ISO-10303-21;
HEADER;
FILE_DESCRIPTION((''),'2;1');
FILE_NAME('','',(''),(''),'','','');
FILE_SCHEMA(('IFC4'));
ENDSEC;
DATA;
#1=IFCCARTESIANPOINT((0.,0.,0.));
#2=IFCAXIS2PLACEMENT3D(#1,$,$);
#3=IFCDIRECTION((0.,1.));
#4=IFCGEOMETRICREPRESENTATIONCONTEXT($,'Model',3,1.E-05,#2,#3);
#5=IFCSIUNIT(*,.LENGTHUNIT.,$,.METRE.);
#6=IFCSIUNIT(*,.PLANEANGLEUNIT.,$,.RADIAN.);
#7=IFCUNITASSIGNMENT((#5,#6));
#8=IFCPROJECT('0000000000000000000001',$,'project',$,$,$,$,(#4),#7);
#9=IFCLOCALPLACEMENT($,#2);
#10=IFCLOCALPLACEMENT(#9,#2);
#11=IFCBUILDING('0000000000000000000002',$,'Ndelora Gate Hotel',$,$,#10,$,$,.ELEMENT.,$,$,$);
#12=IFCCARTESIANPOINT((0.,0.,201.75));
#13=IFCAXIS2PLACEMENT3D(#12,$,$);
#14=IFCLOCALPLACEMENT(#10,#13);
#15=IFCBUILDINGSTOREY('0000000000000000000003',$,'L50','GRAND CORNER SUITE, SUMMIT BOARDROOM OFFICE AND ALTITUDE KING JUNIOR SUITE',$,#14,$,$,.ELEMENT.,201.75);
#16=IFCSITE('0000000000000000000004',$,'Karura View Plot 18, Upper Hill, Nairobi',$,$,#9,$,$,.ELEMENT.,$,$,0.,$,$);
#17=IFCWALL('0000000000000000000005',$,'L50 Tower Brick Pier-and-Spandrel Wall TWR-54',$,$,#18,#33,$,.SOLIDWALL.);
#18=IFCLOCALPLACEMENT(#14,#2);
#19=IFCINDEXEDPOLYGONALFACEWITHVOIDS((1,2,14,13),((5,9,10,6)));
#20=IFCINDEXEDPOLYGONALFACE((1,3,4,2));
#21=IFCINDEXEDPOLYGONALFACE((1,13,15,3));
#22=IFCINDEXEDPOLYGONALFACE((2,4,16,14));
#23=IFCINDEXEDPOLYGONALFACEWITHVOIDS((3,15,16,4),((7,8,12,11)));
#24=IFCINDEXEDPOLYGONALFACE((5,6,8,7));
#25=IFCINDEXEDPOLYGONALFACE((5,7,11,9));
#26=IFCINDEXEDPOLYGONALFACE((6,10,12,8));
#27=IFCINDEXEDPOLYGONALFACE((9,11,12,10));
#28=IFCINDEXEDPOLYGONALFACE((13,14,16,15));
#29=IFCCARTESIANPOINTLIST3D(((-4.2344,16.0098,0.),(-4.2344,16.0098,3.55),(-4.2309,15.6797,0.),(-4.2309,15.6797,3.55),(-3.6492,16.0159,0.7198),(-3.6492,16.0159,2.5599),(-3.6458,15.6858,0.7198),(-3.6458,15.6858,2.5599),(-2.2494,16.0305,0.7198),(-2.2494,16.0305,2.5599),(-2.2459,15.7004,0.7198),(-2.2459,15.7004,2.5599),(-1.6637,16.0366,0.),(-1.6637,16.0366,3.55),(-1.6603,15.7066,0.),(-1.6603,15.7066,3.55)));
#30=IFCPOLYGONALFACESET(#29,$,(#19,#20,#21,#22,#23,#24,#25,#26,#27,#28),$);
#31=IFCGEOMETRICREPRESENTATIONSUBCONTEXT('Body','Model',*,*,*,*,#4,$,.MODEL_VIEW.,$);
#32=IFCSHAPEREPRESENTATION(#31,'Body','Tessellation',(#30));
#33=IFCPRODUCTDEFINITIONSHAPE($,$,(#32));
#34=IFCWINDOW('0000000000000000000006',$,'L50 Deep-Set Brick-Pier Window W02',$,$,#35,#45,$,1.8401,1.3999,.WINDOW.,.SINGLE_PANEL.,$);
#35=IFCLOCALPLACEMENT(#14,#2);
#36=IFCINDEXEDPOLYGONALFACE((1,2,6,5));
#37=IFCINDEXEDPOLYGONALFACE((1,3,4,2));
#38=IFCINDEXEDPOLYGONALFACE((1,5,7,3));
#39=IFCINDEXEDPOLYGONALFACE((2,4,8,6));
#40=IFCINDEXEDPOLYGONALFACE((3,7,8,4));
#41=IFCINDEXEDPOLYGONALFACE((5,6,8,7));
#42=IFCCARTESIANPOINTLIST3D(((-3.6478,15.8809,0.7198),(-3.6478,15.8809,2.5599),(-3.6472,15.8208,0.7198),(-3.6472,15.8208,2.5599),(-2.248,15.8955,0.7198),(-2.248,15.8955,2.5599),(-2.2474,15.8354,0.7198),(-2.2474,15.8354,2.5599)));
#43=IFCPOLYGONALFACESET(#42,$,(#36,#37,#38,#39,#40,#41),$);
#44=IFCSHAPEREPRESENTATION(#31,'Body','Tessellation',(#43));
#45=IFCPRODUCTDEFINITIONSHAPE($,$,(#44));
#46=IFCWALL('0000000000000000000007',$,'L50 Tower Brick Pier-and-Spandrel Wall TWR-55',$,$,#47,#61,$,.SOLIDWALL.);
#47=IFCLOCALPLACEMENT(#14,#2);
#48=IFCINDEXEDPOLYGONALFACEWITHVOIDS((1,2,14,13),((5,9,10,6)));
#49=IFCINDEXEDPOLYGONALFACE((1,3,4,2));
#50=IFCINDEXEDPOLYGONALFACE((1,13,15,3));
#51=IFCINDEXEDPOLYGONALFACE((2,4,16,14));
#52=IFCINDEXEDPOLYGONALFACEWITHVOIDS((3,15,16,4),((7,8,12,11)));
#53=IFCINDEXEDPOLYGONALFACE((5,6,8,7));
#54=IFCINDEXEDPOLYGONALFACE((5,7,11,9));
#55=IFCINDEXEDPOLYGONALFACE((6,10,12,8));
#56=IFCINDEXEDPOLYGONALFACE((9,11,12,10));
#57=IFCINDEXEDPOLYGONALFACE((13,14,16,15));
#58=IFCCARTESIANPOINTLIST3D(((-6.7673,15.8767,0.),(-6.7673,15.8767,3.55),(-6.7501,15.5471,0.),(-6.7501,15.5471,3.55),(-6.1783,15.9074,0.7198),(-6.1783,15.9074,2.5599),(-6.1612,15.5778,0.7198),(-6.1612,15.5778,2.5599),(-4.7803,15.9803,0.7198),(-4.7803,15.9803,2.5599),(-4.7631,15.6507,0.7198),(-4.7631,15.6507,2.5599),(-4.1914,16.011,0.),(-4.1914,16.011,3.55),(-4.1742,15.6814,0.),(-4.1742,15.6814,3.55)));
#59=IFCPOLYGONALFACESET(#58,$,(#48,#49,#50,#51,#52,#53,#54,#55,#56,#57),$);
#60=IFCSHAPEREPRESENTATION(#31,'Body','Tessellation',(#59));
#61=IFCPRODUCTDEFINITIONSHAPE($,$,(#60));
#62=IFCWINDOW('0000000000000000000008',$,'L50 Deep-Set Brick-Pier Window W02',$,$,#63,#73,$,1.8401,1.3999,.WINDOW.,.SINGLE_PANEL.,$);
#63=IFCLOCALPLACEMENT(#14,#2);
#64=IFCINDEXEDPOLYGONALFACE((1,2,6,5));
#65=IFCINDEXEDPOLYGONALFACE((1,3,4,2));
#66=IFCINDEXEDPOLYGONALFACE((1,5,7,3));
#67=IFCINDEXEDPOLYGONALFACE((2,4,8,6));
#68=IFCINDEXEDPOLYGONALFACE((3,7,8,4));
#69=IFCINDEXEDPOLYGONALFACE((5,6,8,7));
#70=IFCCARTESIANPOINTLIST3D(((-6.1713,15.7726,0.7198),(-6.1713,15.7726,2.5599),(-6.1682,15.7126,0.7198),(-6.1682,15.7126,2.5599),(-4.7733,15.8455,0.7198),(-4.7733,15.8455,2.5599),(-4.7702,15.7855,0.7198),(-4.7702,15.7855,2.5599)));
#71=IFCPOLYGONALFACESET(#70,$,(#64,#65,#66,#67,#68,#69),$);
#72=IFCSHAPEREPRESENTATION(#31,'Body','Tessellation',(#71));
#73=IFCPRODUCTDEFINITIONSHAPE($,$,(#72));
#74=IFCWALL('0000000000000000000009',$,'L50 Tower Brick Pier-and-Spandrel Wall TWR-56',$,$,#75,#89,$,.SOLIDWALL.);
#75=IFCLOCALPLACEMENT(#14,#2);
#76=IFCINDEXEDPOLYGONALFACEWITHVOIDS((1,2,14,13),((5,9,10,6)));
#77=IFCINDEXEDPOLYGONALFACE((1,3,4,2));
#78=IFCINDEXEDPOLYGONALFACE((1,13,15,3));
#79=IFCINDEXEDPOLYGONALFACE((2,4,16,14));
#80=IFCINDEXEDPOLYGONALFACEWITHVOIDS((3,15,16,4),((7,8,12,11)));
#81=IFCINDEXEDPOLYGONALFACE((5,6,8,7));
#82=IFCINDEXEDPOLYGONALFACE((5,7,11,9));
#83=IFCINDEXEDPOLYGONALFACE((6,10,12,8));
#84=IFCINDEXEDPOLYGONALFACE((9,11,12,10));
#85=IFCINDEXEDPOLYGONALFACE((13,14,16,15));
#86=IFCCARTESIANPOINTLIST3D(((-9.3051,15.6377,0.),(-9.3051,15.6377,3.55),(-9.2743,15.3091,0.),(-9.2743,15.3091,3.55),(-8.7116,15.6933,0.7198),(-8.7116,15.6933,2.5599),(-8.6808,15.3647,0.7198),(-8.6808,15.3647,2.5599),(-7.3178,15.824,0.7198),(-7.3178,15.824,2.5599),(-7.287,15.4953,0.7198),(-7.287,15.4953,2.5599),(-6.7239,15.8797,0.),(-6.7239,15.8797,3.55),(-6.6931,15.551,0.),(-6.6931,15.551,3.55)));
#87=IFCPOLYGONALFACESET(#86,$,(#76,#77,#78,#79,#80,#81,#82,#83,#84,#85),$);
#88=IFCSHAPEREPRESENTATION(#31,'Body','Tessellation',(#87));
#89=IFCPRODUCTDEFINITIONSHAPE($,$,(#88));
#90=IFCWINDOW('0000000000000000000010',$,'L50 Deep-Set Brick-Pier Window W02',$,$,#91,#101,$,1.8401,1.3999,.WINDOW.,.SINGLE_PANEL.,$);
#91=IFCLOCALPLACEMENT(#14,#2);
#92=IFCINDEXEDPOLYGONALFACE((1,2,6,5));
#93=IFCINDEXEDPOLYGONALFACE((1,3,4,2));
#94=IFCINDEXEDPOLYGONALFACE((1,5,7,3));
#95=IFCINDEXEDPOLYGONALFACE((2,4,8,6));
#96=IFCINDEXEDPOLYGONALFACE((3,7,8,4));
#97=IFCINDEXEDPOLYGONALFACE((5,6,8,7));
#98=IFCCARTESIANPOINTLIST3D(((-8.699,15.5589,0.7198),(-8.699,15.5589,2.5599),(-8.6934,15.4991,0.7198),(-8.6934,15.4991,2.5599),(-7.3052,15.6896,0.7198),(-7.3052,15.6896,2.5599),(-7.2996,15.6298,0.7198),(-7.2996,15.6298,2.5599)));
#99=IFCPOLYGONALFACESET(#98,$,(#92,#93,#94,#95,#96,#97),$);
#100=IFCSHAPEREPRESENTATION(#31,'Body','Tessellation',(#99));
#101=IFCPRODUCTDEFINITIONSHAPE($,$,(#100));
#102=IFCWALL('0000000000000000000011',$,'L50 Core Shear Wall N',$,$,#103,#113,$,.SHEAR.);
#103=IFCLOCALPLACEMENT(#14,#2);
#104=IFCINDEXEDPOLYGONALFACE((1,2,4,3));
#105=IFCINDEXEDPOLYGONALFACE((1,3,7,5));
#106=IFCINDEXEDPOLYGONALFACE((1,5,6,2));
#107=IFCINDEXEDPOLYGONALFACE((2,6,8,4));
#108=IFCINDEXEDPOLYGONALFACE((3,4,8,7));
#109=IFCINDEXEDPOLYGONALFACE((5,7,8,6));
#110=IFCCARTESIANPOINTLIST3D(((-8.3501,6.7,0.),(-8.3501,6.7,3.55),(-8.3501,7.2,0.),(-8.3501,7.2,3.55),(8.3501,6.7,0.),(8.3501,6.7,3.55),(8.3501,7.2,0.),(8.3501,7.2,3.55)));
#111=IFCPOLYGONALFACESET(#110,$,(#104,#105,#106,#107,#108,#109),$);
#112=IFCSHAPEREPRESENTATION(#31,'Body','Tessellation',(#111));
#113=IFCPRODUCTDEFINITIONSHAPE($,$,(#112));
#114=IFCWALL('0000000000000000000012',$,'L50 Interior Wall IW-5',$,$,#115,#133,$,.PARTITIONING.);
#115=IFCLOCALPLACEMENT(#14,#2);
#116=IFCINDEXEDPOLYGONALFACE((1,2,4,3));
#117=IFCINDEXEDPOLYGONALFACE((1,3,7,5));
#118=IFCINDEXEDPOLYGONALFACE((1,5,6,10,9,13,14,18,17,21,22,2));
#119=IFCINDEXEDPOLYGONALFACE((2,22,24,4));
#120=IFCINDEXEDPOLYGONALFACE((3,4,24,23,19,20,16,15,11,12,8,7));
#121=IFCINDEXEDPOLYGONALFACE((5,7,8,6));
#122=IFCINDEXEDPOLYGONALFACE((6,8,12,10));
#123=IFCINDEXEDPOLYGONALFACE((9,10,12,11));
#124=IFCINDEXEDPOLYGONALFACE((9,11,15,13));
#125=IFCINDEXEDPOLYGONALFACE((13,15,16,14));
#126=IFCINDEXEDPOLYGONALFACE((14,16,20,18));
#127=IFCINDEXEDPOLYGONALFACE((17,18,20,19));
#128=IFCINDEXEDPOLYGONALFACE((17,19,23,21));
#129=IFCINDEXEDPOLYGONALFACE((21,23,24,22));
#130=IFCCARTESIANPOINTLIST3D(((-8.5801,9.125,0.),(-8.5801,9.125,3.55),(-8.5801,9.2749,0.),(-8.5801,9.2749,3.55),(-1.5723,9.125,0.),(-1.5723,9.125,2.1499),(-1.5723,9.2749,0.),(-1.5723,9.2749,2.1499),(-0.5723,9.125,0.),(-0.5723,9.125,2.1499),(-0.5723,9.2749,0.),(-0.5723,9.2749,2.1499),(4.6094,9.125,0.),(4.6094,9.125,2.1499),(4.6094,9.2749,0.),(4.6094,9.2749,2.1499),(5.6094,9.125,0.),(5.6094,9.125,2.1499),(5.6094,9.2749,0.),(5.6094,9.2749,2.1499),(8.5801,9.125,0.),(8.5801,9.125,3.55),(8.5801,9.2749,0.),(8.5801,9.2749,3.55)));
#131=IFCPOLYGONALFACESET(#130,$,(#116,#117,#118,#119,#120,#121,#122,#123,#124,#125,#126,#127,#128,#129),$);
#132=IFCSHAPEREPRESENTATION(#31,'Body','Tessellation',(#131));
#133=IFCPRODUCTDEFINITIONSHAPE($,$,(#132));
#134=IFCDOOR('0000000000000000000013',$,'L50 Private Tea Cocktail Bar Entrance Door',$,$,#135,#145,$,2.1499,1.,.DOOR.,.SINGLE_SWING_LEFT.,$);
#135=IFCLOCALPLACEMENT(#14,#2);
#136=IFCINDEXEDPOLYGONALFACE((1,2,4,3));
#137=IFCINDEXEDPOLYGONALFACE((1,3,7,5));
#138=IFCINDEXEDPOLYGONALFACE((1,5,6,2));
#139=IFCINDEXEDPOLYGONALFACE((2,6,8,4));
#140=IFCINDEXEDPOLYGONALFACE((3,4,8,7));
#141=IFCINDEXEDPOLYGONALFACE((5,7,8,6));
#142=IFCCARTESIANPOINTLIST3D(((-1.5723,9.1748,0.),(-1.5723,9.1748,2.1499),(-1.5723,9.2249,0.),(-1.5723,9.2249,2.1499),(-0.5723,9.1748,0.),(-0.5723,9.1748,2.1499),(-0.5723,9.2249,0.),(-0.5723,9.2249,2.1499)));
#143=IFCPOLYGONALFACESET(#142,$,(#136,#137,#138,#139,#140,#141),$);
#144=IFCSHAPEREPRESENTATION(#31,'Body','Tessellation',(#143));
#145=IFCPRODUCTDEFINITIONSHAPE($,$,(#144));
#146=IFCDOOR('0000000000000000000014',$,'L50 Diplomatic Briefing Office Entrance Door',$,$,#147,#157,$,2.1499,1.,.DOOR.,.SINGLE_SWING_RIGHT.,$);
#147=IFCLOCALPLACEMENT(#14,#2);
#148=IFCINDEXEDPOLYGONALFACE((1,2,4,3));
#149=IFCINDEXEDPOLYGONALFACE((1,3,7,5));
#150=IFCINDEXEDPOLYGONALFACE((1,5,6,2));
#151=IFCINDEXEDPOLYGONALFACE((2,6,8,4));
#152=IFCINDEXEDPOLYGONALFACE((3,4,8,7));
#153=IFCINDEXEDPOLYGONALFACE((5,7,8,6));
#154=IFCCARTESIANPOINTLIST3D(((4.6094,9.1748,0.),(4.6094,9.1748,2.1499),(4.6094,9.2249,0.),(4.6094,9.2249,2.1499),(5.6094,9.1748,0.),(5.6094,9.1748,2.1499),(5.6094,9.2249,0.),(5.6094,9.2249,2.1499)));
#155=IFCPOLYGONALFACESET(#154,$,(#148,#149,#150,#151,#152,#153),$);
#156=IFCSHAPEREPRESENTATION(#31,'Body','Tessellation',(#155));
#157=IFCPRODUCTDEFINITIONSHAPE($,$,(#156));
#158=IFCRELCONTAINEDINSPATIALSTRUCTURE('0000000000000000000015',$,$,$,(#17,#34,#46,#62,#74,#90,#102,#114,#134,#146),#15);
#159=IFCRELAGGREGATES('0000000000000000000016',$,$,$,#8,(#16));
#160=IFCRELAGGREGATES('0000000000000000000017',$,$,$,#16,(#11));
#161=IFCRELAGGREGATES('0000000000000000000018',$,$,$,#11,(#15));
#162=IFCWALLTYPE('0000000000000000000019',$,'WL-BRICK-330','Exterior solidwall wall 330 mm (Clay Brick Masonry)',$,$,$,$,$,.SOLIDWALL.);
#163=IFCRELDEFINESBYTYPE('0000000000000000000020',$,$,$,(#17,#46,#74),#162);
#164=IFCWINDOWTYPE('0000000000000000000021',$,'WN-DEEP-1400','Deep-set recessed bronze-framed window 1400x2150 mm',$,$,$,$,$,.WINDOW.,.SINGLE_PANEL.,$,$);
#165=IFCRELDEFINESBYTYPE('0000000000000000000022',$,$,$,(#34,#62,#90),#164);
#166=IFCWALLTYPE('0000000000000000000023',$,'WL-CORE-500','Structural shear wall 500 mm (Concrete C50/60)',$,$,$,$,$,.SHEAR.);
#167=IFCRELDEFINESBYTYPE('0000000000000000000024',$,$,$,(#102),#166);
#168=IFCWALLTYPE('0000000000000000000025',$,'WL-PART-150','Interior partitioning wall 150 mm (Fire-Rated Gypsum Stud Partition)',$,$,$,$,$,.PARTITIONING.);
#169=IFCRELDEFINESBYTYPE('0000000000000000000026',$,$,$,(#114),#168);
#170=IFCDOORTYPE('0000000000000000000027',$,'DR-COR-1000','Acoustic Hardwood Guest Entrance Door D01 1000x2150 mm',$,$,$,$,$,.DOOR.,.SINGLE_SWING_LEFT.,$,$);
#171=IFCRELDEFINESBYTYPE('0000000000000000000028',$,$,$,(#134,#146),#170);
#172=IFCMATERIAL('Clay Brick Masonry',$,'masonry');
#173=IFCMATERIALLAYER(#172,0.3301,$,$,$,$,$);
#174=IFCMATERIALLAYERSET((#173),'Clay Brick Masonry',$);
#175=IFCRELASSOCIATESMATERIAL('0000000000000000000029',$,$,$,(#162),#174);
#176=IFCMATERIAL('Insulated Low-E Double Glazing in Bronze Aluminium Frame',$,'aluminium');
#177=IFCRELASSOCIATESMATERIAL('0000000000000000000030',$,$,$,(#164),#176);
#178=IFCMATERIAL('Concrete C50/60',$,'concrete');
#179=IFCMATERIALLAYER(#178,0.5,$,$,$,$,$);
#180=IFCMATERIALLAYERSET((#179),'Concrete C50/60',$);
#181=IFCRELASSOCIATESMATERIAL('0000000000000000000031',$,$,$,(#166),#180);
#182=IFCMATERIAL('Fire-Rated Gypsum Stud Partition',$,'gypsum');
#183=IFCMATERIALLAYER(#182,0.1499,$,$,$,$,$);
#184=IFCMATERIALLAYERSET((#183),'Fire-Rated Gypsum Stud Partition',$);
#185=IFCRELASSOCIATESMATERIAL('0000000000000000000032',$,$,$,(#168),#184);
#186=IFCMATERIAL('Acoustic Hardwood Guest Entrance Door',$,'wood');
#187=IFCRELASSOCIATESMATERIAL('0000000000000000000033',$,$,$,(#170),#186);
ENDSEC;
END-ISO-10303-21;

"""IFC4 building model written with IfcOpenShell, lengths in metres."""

from ifc_helpers import new_model, si_unit, direction, frame, frame_2d, origin, place, context, subcontext, project, spatial, rectangle, extrude, material, layer, layer_set, type_object, element, fill, save


model = new_model("IFC4")

# Units and contexts
model_context = context("Model", 3, precision=1e-05, world=origin(), true_north=direction((0.0, 1.0)))
body_context = subcontext(model_context, "Body", "Model", "MODEL_VIEW")
ifc_project = project(units=[si_unit("LENGTHUNIT", "METRE"), si_unit("PLANEANGLEUNIT", "RADIAN")], contexts=[model_context])

# Site, building, storey
site_placement = place(None, origin())
site = spatial("IfcSite", under=ifc_project, at=site_placement, Name="Karura View Plot 18, Upper Hill, Nairobi", CompositionType="ELEMENT", RefElevation=0.0)
building_placement = place(site_placement, origin())
building = spatial("IfcBuilding", under=site, at=building_placement, Name="Ndelora Gate Hotel", CompositionType="ELEMENT")
storey_placement = place(building_placement, frame((0.0, 0.0, 201.75)))
storey = spatial("IfcBuildingStorey", under=building, at=storey_placement, Name="L50", Description="GRAND CORNER SUITE, SUMMIT BOARDROOM OFFICE AND ALTITUDE KING JUNIOR SUITE", CompositionType="ELEMENT", Elevation=201.75)

# Shared definitions
ifc_material_1 = material(Name="Concrete C50/60", Category="concrete")

# Walls, openings, windows
ifc_material_2 = material(Name="Clay Brick Masonry", Category="masonry")
ifc_layer_1 = layer(ifc_material_2, 0.3301)
ifc_layer_set_1 = layer_set([ifc_layer_1], Name="Clay Brick Masonry")
wall_type_1 = type_object("IfcWallType", Name="WL-BRICK-330", Description="Exterior solidwall wall 330 mm (Clay Brick Masonry)", PredefinedType="SOLIDWALL", material=ifc_layer_set_1)
wall_1_placement = place(storey_placement, frame((-4.2327, 15.8447, 0.0), z_axis=(0.0, 0.0, 1.0), x_axis=(0.999945, 0.010447, 0.0)))
wall_1 = element("IfcWall", 1, at=wall_1_placement, inside=storey, type_object=wall_type_1, Name="L50 Tower Brick Pier-and-Spandrel Wall TWR-54", PredefinedType="SOLIDWALL", context=body_context, shape_type="SweptSolid", body=[
    extrude(rectangle(XDim=2.5708, YDim=0.3301, at=frame_2d((1.2854, 0.0))), origin(), (0.0, 0.0, 1.0), 3.55),
])
opening_1_placement = place(wall_1_placement, frame((0.5852, 0.0, 0.72)))
opening_1 = element("IfcOpeningElement", 2, at=opening_1_placement, cuts=wall_1, PredefinedType="OPENING", context=body_context, shape_type="SweptSolid", body=[
    extrude(rectangle(XDim=1.3999, YDim=1.8401, at=frame_2d((0.7, 0.9199))), frame((0.0, 0.175, 0.0), z_axis=(0.0, -1.0, 0.0), x_axis=(1.0, 0.0, 0.0)), (0.0, 0.0, 1.0), 0.3501),
])
ifc_material_3 = material(Name="Insulated Low-E Double Glazing in Bronze Aluminium Frame", Category="aluminium")
window_type = type_object("IfcWindowType", Name="WN-DEEP-1400", Description="Deep-set recessed bronze-framed window 1400x2150 mm", PartitioningType="SINGLE_PANEL", PredefinedType="WINDOW", material=ifc_material_3)
window_1_placement = place(opening_1_placement, origin())
window_1 = element("IfcWindow", 3, at=window_1_placement, inside=storey, type_object=window_type, Name="L50 Deep-Set Brick-Pier Window W02", OverallHeight=1.8401, OverallWidth=1.3999, PartitioningType="SINGLE_PANEL", PredefinedType="WINDOW", context=body_context, shape_type="SweptSolid", body=[
    extrude(rectangle(XDim=1.3999, YDim=1.8401, at=frame_2d((0.7, 0.9199))), frame((0.0, 0.03, 0.0), z_axis=(0.0, -1.0, 0.0), x_axis=(1.0, 0.0, 0.0)), (0.0, 0.0, 1.0), 0.0601),
])
fill(opening_1, window_1)
wall_2_placement = place(storey_placement, frame((-6.7585, 15.7119, 0.0), z_axis=(0.0, 0.0, 1.0), x_axis=(0.998644, 0.052057, 0.0)))
wall_2 = element("IfcWall", 4, at=wall_2_placement, inside=storey, type_object=wall_type_1, Name="L50 Tower Brick Pier-and-Spandrel Wall TWR-55", PredefinedType="SOLIDWALL", context=body_context, shape_type="SweptSolid", body=[
    extrude(rectangle(XDim=2.5793, YDim=0.3301, at=frame_2d((1.2896, 0.0))), origin(), (0.0, 0.0, 1.0), 3.55),
])
opening_2_placement = place(wall_2_placement, frame((0.5896, 0.0, 0.72)))
opening_2 = element("IfcOpeningElement", 5, at=opening_2_placement, cuts=wall_2, PredefinedType="OPENING", context=body_context, shape_type="SweptSolid", body=[
    extrude(rectangle(XDim=1.3999, YDim=1.8401, at=frame_2d((0.7, 0.9199))), frame((0.0, 0.175, 0.0), z_axis=(0.0, -1.0, 0.0), x_axis=(1.0, 0.0, 0.0)), (0.0, 0.0, 1.0), 0.3501),
])
window_2_placement = place(opening_2_placement, origin())
window_2 = element("IfcWindow", 6, at=window_2_placement, inside=storey, type_object=window_type, Name="L50 Deep-Set Brick-Pier Window W02", OverallHeight=1.8401, OverallWidth=1.3999, PartitioningType="SINGLE_PANEL", PredefinedType="WINDOW", context=body_context, shape_type="SweptSolid", body=[
    extrude(rectangle(XDim=1.3999, YDim=1.8401, at=frame_2d((0.7, 0.9199))), frame((0.0, 0.03, 0.0), z_axis=(0.0, -1.0, 0.0), x_axis=(1.0, 0.0, 0.0)), (0.0, 0.0, 1.0), 0.0601),
])
fill(opening_2, window_2)
wall_3_placement = place(storey_placement, frame((-9.2898, 15.4734, 0.0), z_axis=(0.0, 0.0, 1.0), x_axis=(0.995636, 0.09332, 0.0)))
wall_3 = element("IfcWall", 7, at=wall_3_placement, inside=storey, type_object=wall_type_1, Name="L50 Tower Brick Pier-and-Spandrel Wall TWR-56", PredefinedType="SOLIDWALL", context=body_context, shape_type="SweptSolid", body=[
    extrude(rectangle(XDim=2.5925, YDim=0.3301, at=frame_2d((1.2964, 0.0))), origin(), (0.0, 0.0, 1.0), 3.55),
])
opening_3_placement = place(wall_3_placement, frame((0.5962, 0.0, 0.72)))
opening_3 = element("IfcOpeningElement", 8, at=opening_3_placement, cuts=wall_3, PredefinedType="OPENING", context=body_context, shape_type="SweptSolid", body=[
    extrude(rectangle(XDim=1.3999, YDim=1.8401, at=frame_2d((0.7, 0.9199))), frame((0.0, 0.175, 0.0), z_axis=(0.0, -1.0, 0.0), x_axis=(1.0, 0.0, 0.0)), (0.0, 0.0, 1.0), 0.3501),
])
window_3_placement = place(opening_3_placement, origin())
window_3 = element("IfcWindow", 9, at=window_3_placement, inside=storey, type_object=window_type, Name="L50 Deep-Set Brick-Pier Window W02", OverallHeight=1.8401, OverallWidth=1.3999, PartitioningType="SINGLE_PANEL", PredefinedType="WINDOW", context=body_context, shape_type="SweptSolid", body=[
    extrude(rectangle(XDim=1.3999, YDim=1.8401, at=frame_2d((0.7, 0.9199))), frame((0.0, 0.03, 0.0), z_axis=(0.0, -1.0, 0.0), x_axis=(1.0, 0.0, 0.0)), (0.0, 0.0, 1.0), 0.0601),
])
fill(opening_3, window_3)

# Wall
ifc_layer_2 = layer(ifc_material_1, 0.5)
ifc_layer_set_2 = layer_set([ifc_layer_2], Name="Concrete C50/60")
wall_type_2 = type_object("IfcWallType", Name="WL-CORE-500", Description="Structural shear wall 500 mm (Concrete C50/60)", PredefinedType="SHEAR", material=ifc_layer_set_2)
wall_4_placement = place(storey_placement, frame((-8.3501, 6.95, 0.0), z_axis=(0.0, 0.0, 1.0), x_axis=(1.0, 0.0, 0.0)))
element("IfcWall", 10, at=wall_4_placement, inside=storey, type_object=wall_type_2, Name="L50 Core Shear Wall N", PredefinedType="SHEAR", context=body_context, shape_type="SweptSolid", body=[
    extrude(rectangle(XDim=16.7002, YDim=0.5, at=frame_2d((8.3501, 0.0))), origin(), (0.0, 0.0, 1.0), 3.55),
])

# Wall, openings, doors
ifc_material_4 = material(Name="Fire-Rated Gypsum Stud Partition", Category="gypsum")
ifc_layer_3 = layer(ifc_material_4, 0.1499)
ifc_layer_set_3 = layer_set([ifc_layer_3], Name="Fire-Rated Gypsum Stud Partition")
wall_type_3 = type_object("IfcWallType", Name="WL-PART-150", Description="Interior partitioning wall 150 mm (Fire-Rated Gypsum Stud Partition)", PredefinedType="PARTITIONING", material=ifc_layer_set_3)
wall_5_placement = place(storey_placement, frame((-8.5801, 9.2, 0.0), z_axis=(0.0, 0.0, 1.0), x_axis=(1.0, 0.0, 0.0)))
wall_5 = element("IfcWall", 11, at=wall_5_placement, inside=storey, type_object=wall_type_3, Name="L50 Interior Wall IW-5", PredefinedType="PARTITIONING", context=body_context, shape_type="SweptSolid", body=[
    extrude(rectangle(XDim=17.1602, YDim=0.1499, at=frame_2d((8.5801, 0.0))), origin(), (0.0, 0.0, 1.0), 3.55),
])
opening_4_placement = place(wall_5_placement, frame((7.0078, 0.0, 0.0)))
opening_4 = element("IfcOpeningElement", 12, at=opening_4_placement, cuts=wall_5, PredefinedType="OPENING", context=body_context, shape_type="SweptSolid", body=[
    extrude(rectangle(XDim=1.0, YDim=2.1499, at=frame_2d((0.5, 1.075))), frame((0.0, 0.085, 0.0), z_axis=(0.0, -1.0, 0.0), x_axis=(1.0, 0.0, 0.0)), (0.0, 0.0, 1.0), 0.1699),
])
opening_5_placement = place(wall_5_placement, frame((13.1895, 0.0, 0.0)))
opening_5 = element("IfcOpeningElement", 13, at=opening_5_placement, cuts=wall_5, PredefinedType="OPENING", context=body_context, shape_type="SweptSolid", body=[
    extrude(rectangle(XDim=1.0, YDim=2.1499, at=frame_2d((0.5, 1.075))), frame((0.0, 0.085, 0.0), z_axis=(0.0, -1.0, 0.0), x_axis=(1.0, 0.0, 0.0)), (0.0, 0.0, 1.0), 0.1699),
])
ifc_material_5 = material(Name="Acoustic Hardwood Guest Entrance Door", Category="wood")
door_type_1 = type_object("IfcDoorType", Name="DR-COR-1000", Description="Acoustic Hardwood Guest Entrance Door D01 1000x2150 mm", OperationType="SINGLE_SWING_LEFT", PredefinedType="DOOR", material=ifc_material_5)
door_1_placement = place(opening_4_placement, origin())
door_1 = element("IfcDoor", 14, at=door_1_placement, inside=storey, type_object=door_type_1, Name="L50 Private Tea Cocktail Bar Entrance Door", OperationType="SINGLE_SWING_LEFT", OverallHeight=2.1499, OverallWidth=1.0, PredefinedType="DOOR", context=body_context, shape_type="SweptSolid", body=[
    extrude(rectangle(XDim=1.0, YDim=2.1499, at=frame_2d((0.5, 1.075))), frame((0.0, 0.0249, 0.0), z_axis=(0.0, -1.0, 0.0), x_axis=(1.0, 0.0, 0.0)), (0.0, 0.0, 1.0), 0.05),
])
fill(opening_4, door_1)
door_2_placement = place(opening_5_placement, origin())
door_2 = element("IfcDoor", 15, at=door_2_placement, inside=storey, type_object=door_type_1, Name="L50 Diplomatic Briefing Office Entrance Door", OperationType="SINGLE_SWING_RIGHT", OverallHeight=2.1499, OverallWidth=1.0, PredefinedType="DOOR", context=body_context, shape_type="SweptSolid", body=[
    extrude(rectangle(XDim=1.0, YDim=2.1499, at=frame_2d((0.5, 1.075))), frame((0.0, 0.0249, 0.0), z_axis=(0.0, -1.0, 0.0), x_axis=(1.0, 0.0, 0.0)), (0.0, 0.0, 1.0), 0.05),
])
fill(opening_5, door_2)

save(model, "model.ifc")
